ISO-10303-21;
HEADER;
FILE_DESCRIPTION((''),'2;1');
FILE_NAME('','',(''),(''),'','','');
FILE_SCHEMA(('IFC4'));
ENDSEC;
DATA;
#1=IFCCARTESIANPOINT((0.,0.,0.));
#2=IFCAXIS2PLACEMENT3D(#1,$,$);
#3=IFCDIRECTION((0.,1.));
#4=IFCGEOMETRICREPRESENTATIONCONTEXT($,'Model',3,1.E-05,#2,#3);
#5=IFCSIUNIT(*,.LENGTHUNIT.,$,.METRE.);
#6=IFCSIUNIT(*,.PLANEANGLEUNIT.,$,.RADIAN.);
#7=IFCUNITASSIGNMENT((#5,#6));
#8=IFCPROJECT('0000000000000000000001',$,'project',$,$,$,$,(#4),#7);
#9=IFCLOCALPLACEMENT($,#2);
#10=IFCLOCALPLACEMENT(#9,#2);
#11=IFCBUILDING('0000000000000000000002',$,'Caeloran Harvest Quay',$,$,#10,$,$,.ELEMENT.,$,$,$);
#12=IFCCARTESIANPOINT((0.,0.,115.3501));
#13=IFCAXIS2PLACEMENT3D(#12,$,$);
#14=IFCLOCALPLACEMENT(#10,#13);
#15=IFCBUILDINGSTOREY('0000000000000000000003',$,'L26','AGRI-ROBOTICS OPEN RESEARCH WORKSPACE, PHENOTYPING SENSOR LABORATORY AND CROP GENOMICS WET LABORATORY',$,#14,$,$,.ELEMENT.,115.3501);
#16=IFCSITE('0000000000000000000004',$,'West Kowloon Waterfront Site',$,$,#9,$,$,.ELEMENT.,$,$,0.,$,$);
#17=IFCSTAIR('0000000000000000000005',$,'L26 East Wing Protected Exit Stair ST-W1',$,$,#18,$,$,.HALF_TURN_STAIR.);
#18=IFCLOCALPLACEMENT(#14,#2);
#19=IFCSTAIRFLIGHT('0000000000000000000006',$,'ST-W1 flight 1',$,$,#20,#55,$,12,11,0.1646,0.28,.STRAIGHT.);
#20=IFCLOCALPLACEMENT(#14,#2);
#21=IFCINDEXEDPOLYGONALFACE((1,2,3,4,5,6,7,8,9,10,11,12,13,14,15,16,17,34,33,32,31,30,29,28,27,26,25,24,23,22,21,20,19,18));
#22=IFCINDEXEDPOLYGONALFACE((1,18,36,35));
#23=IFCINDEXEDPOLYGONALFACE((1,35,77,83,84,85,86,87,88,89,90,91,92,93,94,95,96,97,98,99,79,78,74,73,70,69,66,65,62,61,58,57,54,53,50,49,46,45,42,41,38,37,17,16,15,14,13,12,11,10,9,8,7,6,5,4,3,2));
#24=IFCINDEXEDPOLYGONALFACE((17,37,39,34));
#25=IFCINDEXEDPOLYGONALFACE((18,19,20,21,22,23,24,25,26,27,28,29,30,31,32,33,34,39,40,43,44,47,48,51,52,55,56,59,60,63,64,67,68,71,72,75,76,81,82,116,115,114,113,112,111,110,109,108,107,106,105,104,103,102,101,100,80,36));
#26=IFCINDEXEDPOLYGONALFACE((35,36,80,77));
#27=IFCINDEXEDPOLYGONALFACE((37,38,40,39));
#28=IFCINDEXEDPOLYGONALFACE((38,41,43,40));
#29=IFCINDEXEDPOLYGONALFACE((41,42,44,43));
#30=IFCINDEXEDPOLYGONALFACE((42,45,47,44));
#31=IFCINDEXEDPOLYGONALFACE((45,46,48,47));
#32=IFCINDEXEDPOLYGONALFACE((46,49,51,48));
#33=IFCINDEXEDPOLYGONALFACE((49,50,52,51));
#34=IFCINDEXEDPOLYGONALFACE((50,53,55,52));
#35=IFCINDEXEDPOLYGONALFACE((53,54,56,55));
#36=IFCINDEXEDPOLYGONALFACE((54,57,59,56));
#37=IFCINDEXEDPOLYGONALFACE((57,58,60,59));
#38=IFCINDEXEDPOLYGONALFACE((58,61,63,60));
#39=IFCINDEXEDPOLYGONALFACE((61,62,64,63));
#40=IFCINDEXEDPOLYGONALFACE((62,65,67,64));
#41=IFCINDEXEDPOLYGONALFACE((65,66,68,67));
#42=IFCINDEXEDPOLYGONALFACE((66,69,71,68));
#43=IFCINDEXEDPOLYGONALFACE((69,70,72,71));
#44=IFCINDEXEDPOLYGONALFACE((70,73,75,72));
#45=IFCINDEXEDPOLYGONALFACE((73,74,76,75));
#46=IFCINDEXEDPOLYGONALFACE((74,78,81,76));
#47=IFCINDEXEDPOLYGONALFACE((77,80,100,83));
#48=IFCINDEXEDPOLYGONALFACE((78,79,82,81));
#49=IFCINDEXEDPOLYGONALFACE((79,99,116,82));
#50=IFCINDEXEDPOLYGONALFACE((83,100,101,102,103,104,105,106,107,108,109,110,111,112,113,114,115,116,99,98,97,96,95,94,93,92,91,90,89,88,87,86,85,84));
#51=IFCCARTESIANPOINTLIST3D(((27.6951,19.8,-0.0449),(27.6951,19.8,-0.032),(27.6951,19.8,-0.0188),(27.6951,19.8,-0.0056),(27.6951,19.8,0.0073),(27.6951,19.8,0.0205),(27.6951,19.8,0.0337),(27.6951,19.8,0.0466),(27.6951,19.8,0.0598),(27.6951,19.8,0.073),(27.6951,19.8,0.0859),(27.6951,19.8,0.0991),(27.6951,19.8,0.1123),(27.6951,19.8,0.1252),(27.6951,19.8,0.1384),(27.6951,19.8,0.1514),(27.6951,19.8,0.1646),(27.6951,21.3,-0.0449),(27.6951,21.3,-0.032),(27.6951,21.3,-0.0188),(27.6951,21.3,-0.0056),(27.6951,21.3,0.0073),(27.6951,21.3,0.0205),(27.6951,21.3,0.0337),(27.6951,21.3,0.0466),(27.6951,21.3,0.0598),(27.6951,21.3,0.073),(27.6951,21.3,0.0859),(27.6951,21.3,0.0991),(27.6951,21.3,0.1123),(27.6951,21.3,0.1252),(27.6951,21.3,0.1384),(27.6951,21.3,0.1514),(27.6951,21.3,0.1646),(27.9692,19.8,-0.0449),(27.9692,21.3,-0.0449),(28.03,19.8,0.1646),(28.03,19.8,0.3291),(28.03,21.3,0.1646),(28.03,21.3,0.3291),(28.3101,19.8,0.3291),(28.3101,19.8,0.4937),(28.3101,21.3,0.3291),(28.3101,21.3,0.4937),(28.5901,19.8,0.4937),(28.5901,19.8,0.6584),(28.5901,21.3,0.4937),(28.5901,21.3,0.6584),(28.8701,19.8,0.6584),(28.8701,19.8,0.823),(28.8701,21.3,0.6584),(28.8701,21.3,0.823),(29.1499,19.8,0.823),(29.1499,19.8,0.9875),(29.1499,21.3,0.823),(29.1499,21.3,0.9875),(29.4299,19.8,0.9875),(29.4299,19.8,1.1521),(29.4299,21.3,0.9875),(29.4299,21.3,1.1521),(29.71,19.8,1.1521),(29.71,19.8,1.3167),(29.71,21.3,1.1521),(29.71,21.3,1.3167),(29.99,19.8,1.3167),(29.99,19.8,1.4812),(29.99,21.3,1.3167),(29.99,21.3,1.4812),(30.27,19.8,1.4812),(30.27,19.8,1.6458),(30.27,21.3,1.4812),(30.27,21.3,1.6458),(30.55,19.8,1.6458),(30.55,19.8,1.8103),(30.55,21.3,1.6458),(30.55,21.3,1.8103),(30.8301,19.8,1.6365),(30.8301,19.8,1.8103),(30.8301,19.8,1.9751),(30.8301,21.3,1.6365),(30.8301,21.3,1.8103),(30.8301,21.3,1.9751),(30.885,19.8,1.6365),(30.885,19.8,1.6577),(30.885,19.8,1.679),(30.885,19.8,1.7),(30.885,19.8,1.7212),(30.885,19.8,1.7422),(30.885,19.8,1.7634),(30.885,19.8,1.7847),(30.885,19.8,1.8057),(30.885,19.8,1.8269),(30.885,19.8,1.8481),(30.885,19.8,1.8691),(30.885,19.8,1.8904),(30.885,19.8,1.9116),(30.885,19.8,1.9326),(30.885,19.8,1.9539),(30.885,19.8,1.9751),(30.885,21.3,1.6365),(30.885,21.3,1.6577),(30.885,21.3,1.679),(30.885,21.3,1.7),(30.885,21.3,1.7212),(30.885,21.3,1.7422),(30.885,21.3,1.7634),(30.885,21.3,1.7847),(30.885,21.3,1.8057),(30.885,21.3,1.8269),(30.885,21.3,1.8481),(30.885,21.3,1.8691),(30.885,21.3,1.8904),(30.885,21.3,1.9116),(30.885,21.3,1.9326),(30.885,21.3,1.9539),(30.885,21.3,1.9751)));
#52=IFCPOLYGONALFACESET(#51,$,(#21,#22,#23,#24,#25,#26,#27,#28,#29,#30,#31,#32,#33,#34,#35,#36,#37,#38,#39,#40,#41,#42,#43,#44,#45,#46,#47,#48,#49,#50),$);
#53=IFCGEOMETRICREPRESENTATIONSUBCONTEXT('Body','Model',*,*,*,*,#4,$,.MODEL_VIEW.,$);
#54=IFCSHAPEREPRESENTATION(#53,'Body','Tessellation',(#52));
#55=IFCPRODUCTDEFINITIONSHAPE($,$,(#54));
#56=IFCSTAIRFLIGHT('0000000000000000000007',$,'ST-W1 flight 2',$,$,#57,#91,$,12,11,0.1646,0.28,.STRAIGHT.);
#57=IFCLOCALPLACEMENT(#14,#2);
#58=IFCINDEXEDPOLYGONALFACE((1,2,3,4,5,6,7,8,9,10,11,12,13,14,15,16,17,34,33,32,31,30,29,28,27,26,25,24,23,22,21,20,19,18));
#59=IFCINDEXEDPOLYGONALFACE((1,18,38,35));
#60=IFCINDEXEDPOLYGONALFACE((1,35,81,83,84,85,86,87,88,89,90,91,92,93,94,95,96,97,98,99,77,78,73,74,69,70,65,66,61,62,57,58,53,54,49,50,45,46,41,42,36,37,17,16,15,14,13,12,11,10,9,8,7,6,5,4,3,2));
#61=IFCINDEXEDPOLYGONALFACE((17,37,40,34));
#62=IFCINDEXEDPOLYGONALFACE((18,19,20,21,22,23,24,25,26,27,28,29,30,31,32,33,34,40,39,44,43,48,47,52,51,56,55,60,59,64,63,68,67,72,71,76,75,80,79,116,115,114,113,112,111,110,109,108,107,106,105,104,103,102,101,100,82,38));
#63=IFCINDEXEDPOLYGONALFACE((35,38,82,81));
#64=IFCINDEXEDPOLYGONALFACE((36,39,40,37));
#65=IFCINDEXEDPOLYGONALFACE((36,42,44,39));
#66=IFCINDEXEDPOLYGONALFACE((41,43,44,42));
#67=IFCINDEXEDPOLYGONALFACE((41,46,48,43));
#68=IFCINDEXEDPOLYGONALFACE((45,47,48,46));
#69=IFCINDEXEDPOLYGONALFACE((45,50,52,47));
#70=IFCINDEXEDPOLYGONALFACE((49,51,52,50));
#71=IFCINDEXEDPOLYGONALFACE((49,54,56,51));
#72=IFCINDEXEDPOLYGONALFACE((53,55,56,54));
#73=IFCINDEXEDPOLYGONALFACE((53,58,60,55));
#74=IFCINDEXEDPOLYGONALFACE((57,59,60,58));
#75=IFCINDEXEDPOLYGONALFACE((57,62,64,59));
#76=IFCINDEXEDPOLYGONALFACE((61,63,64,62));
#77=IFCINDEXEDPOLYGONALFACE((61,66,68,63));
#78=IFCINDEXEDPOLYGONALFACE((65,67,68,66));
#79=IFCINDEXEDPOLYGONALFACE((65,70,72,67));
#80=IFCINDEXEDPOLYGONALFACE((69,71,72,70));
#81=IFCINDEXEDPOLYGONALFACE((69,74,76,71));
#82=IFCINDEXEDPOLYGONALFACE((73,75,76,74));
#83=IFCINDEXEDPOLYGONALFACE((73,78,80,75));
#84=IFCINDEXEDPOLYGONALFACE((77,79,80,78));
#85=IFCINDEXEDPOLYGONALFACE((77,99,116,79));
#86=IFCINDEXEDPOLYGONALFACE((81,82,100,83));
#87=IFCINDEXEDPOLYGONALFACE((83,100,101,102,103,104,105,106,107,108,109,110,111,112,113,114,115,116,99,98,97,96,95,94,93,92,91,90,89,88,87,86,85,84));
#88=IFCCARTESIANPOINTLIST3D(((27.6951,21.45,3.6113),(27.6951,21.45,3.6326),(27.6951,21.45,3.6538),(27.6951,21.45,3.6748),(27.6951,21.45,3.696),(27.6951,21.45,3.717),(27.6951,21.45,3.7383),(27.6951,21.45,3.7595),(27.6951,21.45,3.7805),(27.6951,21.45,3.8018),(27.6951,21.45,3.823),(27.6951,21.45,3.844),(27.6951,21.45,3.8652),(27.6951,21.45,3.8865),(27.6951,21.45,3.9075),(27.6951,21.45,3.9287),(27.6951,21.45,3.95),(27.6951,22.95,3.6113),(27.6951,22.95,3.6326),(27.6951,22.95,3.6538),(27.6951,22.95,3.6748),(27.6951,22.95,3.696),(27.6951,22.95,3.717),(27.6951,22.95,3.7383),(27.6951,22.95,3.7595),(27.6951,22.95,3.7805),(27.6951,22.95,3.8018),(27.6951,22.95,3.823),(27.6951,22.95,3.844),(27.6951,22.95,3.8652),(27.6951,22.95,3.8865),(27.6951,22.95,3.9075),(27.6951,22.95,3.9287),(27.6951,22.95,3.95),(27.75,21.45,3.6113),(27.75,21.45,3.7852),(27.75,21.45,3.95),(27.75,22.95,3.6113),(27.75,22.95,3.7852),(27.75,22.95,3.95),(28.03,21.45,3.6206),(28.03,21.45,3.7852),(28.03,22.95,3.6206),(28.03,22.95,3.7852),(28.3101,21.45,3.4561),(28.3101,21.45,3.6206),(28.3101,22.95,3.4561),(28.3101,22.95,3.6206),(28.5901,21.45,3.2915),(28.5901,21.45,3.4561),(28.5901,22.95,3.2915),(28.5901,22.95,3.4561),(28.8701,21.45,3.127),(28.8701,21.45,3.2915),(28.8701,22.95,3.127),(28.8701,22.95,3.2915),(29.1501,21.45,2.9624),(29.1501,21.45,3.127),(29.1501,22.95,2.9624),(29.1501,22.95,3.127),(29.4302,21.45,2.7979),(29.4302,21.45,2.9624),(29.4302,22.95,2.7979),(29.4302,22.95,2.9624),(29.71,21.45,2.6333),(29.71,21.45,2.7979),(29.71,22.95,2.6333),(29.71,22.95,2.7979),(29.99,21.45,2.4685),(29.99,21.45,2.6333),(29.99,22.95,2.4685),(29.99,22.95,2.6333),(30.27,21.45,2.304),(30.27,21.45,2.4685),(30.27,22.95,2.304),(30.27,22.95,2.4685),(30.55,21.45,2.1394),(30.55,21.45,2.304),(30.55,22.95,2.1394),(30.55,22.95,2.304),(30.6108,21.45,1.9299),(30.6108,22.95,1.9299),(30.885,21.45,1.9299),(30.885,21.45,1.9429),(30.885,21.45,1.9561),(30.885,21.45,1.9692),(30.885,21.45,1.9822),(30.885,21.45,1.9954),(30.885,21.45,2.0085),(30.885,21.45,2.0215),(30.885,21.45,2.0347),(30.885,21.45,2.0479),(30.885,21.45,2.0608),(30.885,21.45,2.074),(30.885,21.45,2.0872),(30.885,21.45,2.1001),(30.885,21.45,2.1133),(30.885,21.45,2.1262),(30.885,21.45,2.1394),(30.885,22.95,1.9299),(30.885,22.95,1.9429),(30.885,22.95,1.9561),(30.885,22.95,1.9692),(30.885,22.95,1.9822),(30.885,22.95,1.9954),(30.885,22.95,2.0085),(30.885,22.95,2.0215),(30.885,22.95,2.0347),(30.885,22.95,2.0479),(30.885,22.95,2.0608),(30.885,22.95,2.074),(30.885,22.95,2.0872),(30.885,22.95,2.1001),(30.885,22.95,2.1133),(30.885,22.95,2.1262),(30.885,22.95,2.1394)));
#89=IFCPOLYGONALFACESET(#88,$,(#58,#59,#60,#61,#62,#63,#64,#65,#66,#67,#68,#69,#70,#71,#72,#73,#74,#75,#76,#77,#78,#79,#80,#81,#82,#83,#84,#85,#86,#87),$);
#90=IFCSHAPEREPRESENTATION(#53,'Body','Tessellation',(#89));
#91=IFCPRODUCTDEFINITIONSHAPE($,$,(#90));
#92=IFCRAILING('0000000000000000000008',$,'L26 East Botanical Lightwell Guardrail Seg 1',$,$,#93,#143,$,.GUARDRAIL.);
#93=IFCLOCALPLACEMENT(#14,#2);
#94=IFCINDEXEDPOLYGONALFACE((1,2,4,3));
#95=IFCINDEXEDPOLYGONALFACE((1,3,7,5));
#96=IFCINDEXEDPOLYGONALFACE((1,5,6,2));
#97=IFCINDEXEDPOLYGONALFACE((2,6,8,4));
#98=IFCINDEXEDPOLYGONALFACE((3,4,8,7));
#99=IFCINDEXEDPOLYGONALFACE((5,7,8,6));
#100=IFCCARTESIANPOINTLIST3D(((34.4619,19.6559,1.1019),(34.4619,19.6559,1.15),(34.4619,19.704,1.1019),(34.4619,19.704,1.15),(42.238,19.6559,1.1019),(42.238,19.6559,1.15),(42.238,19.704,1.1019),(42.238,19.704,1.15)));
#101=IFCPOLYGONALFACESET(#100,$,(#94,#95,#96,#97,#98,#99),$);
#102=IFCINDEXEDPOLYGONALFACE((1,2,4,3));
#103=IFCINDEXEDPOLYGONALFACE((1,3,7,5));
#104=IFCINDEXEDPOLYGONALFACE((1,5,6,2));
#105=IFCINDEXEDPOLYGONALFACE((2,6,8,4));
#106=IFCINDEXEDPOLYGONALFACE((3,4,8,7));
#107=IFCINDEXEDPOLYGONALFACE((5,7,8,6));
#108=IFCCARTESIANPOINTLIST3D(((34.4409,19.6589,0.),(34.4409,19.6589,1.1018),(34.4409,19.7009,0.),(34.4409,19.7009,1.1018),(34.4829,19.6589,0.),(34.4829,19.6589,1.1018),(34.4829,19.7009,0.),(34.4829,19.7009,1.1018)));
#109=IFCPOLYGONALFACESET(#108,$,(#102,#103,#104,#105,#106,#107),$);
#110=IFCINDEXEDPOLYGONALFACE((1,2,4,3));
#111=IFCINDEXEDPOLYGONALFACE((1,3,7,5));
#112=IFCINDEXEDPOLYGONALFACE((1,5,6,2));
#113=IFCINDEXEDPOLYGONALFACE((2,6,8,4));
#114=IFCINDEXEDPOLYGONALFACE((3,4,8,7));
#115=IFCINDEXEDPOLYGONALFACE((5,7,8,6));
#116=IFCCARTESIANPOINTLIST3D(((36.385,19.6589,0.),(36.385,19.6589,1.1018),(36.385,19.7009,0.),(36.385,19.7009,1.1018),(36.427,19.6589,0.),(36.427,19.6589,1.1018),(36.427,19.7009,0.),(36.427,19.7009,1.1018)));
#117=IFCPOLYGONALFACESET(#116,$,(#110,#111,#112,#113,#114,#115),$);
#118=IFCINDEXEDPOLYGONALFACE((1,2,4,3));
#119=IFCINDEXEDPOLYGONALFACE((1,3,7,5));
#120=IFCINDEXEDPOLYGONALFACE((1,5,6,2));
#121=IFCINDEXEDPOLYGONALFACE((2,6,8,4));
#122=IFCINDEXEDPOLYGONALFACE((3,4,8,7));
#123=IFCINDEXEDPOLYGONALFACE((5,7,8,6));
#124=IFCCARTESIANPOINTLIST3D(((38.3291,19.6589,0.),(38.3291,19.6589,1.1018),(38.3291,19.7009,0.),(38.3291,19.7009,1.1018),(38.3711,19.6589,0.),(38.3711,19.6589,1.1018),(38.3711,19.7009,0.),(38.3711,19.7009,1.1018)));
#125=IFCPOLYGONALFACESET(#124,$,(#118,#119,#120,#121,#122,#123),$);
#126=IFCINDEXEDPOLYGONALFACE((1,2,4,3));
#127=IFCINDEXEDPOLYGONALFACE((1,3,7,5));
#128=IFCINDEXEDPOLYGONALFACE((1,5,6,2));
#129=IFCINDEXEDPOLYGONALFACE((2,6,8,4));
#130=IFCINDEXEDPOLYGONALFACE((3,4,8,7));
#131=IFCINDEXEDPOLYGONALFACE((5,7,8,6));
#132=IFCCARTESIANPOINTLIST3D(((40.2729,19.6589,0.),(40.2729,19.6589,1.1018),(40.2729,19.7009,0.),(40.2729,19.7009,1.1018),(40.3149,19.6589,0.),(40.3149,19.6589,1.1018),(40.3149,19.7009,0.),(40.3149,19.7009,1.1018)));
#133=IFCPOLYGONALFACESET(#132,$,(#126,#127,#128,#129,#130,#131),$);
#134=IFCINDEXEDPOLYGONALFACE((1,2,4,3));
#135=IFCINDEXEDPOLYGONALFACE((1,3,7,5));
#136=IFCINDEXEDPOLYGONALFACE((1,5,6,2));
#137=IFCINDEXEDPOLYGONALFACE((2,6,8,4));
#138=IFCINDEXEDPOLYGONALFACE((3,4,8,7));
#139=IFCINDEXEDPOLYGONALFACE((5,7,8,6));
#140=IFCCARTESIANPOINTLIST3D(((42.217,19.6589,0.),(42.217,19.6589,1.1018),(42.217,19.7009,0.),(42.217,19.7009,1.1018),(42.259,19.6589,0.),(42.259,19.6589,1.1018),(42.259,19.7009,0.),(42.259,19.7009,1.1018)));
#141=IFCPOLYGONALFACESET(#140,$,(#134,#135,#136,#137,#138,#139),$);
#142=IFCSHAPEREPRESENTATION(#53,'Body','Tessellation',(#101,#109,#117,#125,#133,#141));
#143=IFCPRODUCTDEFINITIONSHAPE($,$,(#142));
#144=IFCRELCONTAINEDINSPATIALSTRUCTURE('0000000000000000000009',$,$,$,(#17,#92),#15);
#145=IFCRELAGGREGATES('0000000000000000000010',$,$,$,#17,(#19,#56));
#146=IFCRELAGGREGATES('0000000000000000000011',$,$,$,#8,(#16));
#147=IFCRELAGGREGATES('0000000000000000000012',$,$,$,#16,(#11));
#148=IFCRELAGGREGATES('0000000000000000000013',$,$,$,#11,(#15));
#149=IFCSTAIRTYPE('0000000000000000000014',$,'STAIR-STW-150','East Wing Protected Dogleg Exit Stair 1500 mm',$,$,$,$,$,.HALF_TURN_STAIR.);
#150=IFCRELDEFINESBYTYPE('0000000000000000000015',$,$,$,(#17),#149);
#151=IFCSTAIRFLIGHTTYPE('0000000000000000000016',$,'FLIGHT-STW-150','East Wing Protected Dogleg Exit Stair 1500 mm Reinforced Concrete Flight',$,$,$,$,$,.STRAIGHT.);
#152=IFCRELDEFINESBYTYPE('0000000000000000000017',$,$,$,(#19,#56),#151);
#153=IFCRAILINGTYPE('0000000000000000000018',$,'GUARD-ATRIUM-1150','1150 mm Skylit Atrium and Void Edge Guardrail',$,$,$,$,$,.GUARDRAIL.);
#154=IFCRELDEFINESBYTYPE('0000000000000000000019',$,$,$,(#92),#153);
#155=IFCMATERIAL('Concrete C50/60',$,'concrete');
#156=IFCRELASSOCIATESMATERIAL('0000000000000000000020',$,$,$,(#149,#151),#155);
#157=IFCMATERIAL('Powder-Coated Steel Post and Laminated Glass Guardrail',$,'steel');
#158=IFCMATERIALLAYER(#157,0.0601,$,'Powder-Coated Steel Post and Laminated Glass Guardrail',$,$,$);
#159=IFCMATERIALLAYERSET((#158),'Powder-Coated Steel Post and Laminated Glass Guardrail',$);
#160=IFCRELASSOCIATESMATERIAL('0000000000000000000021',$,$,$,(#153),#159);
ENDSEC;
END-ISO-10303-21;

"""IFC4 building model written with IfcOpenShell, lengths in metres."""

from ifc_helpers import new_model, si_unit, direction, frame, origin, origin_2d, place, context, subcontext, project, spatial, polyline, rectangle, outline, extrude, material, layer, layer_set, type_object, element, aggregate, save


model = new_model("IFC4")

# Units and contexts
model_context = context("Model", 3, precision=1e-05, world=origin(), true_north=direction((0.0, 1.0)))
body_context = subcontext(model_context, "Body", "Model", "MODEL_VIEW")
ifc_project = project(units=[si_unit("LENGTHUNIT", "METRE"), si_unit("PLANEANGLEUNIT", "RADIAN")], contexts=[model_context])

# Site, building, storey
site_placement = place(None, origin())
site = spatial("IfcSite", under=ifc_project, at=site_placement, Name="West Kowloon Waterfront Site", CompositionType="ELEMENT", RefElevation=0.0)
building_placement = place(site_placement, origin())
building = spatial("IfcBuilding", under=site, at=building_placement, Name="Caeloran Harvest Quay", CompositionType="ELEMENT")
storey_placement = place(building_placement, frame((0.0, 0.0, 115.3501)))
storey = spatial("IfcBuildingStorey", under=building, at=storey_placement, Name="L26", Description="AGRI-ROBOTICS OPEN RESEARCH WORKSPACE, PHENOTYPING SENSOR LABORATORY AND CROP GENOMICS WET LABORATORY", CompositionType="ELEMENT", Elevation=115.3501)

# Stair, stair flights
ifc_material_1 = material(Name="Concrete C50/60", Category="concrete")
stair_type = type_object("IfcStairType", Name="STAIR-STW-150", Description="East Wing Protected Dogleg Exit Stair 1500 mm", PredefinedType="HALF_TURN_STAIR", material=ifc_material_1)
stair_placement = place(storey_placement, origin())
stair = element("IfcStair", 1, at=stair_placement, inside=storey, type_object=stair_type, Name="L26 East Wing Protected Exit Stair ST-W1", PredefinedType="HALF_TURN_STAIR")
stair_flight_type = type_object("IfcStairFlightType", Name="FLIGHT-STW-150", Description="East Wing Protected Dogleg Exit Stair 1500 mm Reinforced Concrete Flight", PredefinedType="STRAIGHT", material=ifc_material_1)
stair_flight_1_placement = place(storey_placement, frame((27.75, 20.55, 0.0), z_axis=(0.0, 0.0, 1.0), x_axis=(1.0, 0.0, 0.0)))
stair_flight_1 = element("IfcStairFlight", 2, at=stair_flight_1_placement, type_object=stair_flight_type, Name="ST-W1 flight 1", NumberOfRisers=12, NumberOfTreads=11, PredefinedType="STRAIGHT", RiserHeight=0.1646, TreadLength=0.28, context=body_context, shape_type="SweptSolid", body=[
    extrude(outline(polyline([(-0.0549, -0.0449), (-0.0549, -0.032), (-0.0549, -0.0188), (-0.0549, -0.0056), (-0.0549, 0.0073), (-0.0549, 0.0205), (-0.0549, 0.0337), (-0.0549, 0.0466), (-0.0549, 0.0598), (-0.0549, 0.073), (-0.0549, 0.0859), (-0.0549, 0.0991), (-0.0549, 0.1123), (-0.0549, 0.1252), (-0.0549, 0.1384), (-0.0549, 0.1514), (-0.0549, 0.1646), (0.28, 0.1646), (0.28, 0.3291), (0.5601, 0.3291), (0.5601, 0.4937), (0.8401, 0.4937), (0.8401, 0.6584), (1.1201, 0.6584), (1.1201, 0.823), (1.3999, 0.823), (1.3999, 0.9875), (1.6799, 0.9875), (1.6799, 1.1521), (1.96, 1.1521), (1.96, 1.3167), (2.24, 1.3167), (2.24, 1.4812), (2.52, 1.4812), (2.52, 1.6458), (2.8, 1.6458), (2.8, 1.8103), (3.0801, 1.8103), (3.0801, 1.9751), (3.135, 1.9751), (3.135, 1.9539), (3.135, 1.9326), (3.135, 1.9116), (3.135, 1.8904), (3.135, 1.8691), (3.135, 1.8481), (3.135, 1.8269), (3.135, 1.8057), (3.135, 1.7847), (3.135, 1.7634), (3.135, 1.7422), (3.135, 1.7212), (3.135, 1.7), (3.135, 1.679), (3.135, 1.6577), (3.135, 1.6365), (3.0801, 1.6365), (0.2192, -0.0449), (-0.0549, -0.0449)])), frame((0.0, 0.75, 0.0), z_axis=(0.0, -1.0, 0.0), x_axis=(1.0, 0.0, 0.0)), (0.0, 0.0, 1.0), 1.5),
])
stair_flight_2_placement = place(storey_placement, frame((30.8301, 22.2, 1.9749), z_axis=(0.0, 0.0, 1.0), x_axis=(-1.0, 0.0, 0.0)))
stair_flight_2 = element("IfcStairFlight", 3, at=stair_flight_2_placement, type_object=stair_flight_type, Name="ST-W1 flight 2", NumberOfRisers=12, NumberOfTreads=11, PredefinedType="STRAIGHT", RiserHeight=0.1646, TreadLength=0.28, context=body_context, shape_type="SweptSolid", body=[
    extrude(outline(polyline([(-0.0549, -0.0449), (-0.0549, -0.032), (-0.0549, -0.0188), (-0.0549, -0.0056), (-0.0549, 0.0073), (-0.0549, 0.0205), (-0.0549, 0.0337), (-0.0549, 0.0466), (-0.0549, 0.0598), (-0.0549, 0.073), (-0.0549, 0.0859), (-0.0549, 0.0991), (-0.0549, 0.1123), (-0.0549, 0.1252), (-0.0549, 0.1384), (-0.0549, 0.1514), (-0.0549, 0.1646), (0.28, 0.1646), (0.28, 0.3291), (0.5601, 0.3291), (0.5601, 0.4937), (0.8401, 0.4937), (0.8401, 0.6584), (1.1201, 0.6584), (1.1201, 0.823), (1.3999, 0.823), (1.3999, 0.9875), (1.6799, 0.9875), (1.6799, 1.1521), (1.96, 1.1521), (1.96, 1.3167), (2.24, 1.3167), (2.24, 1.4812), (2.52, 1.4812), (2.52, 1.6458), (2.8, 1.6458), (2.8, 1.8103), (3.0801, 1.8103), (3.0801, 1.9751), (3.135, 1.9751), (3.135, 1.9539), (3.135, 1.9326), (3.135, 1.9116), (3.135, 1.8904), (3.135, 1.8691), (3.135, 1.8481), (3.135, 1.8269), (3.135, 1.8057), (3.135, 1.7847), (3.135, 1.7634), (3.135, 1.7422), (3.135, 1.7212), (3.135, 1.7), (3.135, 1.679), (3.135, 1.6577), (3.135, 1.6365), (3.0801, 1.6365), (0.2192, -0.0449), (-0.0549, -0.0449)])), frame((0.0, 0.75, 0.0), z_axis=(0.0, -1.0, 0.0), x_axis=(1.0, 0.0, 0.0)), (0.0, 0.0, 1.0), 1.5),
])
aggregate(stair, [stair_flight_1, stair_flight_2])

# Railing
ifc_material_2 = material(Name="Powder-Coated Steel Post and Laminated Glass Guardrail", Category="steel")
ifc_layer_1 = layer(ifc_material_2, 0.0601, Name="Powder-Coated Steel Post and Laminated Glass Guardrail")
ifc_layer_set_1 = layer_set([ifc_layer_1], Name="Powder-Coated Steel Post and Laminated Glass Guardrail")
railing_type_1 = type_object("IfcRailingType", Name="GUARD-ATRIUM-1150", Description="1150 mm Skylit Atrium and Void Edge Guardrail", PredefinedType="GUARDRAIL", material=ifc_layer_set_1)
railing_1_placement = place(storey_placement, frame((34.4619, 19.6799, 0.0)))
element("IfcRailing", 4, at=railing_1_placement, inside=storey, type_object=railing_type_1, Name="L26 East Botanical Lightwell Guardrail Seg 1", PredefinedType="GUARDRAIL", context=body_context, shape_type="SweptSolid", body=[
    extrude(rectangle(XDim=0.0481, YDim=0.0481, at=origin_2d()), frame((0.0, 0.0, 1.126), z_axis=(1.0, 0.0, 0.0), x_axis=(0.0, 1.0, 0.0)), (0.0, 0.0, 1.0), 7.7761),
    extrude(rectangle(XDim=0.042, YDim=0.042, at=origin_2d()), origin(), (0.0, 0.0, 1.0), 1.1018),
    extrude(rectangle(XDim=0.042, YDim=0.042, at=origin_2d()), frame((1.9441, 0.0, 0.0)), (0.0, 0.0, 1.0), 1.1018),
    extrude(rectangle(XDim=0.042, YDim=0.042, at=origin_2d()), frame((3.8882, 0.0, 0.0)), (0.0, 0.0, 1.0), 1.1018),
    extrude(rectangle(XDim=0.042, YDim=0.042, at=origin_2d()), frame((5.832, 0.0, 0.0)), (0.0, 0.0, 1.0), 1.1018),
    extrude(rectangle(XDim=0.042, YDim=0.042, at=origin_2d()), frame((7.7761, 0.0, 0.0)), (0.0, 0.0, 1.0), 1.1018),
])

save(model, "model.ifc")
